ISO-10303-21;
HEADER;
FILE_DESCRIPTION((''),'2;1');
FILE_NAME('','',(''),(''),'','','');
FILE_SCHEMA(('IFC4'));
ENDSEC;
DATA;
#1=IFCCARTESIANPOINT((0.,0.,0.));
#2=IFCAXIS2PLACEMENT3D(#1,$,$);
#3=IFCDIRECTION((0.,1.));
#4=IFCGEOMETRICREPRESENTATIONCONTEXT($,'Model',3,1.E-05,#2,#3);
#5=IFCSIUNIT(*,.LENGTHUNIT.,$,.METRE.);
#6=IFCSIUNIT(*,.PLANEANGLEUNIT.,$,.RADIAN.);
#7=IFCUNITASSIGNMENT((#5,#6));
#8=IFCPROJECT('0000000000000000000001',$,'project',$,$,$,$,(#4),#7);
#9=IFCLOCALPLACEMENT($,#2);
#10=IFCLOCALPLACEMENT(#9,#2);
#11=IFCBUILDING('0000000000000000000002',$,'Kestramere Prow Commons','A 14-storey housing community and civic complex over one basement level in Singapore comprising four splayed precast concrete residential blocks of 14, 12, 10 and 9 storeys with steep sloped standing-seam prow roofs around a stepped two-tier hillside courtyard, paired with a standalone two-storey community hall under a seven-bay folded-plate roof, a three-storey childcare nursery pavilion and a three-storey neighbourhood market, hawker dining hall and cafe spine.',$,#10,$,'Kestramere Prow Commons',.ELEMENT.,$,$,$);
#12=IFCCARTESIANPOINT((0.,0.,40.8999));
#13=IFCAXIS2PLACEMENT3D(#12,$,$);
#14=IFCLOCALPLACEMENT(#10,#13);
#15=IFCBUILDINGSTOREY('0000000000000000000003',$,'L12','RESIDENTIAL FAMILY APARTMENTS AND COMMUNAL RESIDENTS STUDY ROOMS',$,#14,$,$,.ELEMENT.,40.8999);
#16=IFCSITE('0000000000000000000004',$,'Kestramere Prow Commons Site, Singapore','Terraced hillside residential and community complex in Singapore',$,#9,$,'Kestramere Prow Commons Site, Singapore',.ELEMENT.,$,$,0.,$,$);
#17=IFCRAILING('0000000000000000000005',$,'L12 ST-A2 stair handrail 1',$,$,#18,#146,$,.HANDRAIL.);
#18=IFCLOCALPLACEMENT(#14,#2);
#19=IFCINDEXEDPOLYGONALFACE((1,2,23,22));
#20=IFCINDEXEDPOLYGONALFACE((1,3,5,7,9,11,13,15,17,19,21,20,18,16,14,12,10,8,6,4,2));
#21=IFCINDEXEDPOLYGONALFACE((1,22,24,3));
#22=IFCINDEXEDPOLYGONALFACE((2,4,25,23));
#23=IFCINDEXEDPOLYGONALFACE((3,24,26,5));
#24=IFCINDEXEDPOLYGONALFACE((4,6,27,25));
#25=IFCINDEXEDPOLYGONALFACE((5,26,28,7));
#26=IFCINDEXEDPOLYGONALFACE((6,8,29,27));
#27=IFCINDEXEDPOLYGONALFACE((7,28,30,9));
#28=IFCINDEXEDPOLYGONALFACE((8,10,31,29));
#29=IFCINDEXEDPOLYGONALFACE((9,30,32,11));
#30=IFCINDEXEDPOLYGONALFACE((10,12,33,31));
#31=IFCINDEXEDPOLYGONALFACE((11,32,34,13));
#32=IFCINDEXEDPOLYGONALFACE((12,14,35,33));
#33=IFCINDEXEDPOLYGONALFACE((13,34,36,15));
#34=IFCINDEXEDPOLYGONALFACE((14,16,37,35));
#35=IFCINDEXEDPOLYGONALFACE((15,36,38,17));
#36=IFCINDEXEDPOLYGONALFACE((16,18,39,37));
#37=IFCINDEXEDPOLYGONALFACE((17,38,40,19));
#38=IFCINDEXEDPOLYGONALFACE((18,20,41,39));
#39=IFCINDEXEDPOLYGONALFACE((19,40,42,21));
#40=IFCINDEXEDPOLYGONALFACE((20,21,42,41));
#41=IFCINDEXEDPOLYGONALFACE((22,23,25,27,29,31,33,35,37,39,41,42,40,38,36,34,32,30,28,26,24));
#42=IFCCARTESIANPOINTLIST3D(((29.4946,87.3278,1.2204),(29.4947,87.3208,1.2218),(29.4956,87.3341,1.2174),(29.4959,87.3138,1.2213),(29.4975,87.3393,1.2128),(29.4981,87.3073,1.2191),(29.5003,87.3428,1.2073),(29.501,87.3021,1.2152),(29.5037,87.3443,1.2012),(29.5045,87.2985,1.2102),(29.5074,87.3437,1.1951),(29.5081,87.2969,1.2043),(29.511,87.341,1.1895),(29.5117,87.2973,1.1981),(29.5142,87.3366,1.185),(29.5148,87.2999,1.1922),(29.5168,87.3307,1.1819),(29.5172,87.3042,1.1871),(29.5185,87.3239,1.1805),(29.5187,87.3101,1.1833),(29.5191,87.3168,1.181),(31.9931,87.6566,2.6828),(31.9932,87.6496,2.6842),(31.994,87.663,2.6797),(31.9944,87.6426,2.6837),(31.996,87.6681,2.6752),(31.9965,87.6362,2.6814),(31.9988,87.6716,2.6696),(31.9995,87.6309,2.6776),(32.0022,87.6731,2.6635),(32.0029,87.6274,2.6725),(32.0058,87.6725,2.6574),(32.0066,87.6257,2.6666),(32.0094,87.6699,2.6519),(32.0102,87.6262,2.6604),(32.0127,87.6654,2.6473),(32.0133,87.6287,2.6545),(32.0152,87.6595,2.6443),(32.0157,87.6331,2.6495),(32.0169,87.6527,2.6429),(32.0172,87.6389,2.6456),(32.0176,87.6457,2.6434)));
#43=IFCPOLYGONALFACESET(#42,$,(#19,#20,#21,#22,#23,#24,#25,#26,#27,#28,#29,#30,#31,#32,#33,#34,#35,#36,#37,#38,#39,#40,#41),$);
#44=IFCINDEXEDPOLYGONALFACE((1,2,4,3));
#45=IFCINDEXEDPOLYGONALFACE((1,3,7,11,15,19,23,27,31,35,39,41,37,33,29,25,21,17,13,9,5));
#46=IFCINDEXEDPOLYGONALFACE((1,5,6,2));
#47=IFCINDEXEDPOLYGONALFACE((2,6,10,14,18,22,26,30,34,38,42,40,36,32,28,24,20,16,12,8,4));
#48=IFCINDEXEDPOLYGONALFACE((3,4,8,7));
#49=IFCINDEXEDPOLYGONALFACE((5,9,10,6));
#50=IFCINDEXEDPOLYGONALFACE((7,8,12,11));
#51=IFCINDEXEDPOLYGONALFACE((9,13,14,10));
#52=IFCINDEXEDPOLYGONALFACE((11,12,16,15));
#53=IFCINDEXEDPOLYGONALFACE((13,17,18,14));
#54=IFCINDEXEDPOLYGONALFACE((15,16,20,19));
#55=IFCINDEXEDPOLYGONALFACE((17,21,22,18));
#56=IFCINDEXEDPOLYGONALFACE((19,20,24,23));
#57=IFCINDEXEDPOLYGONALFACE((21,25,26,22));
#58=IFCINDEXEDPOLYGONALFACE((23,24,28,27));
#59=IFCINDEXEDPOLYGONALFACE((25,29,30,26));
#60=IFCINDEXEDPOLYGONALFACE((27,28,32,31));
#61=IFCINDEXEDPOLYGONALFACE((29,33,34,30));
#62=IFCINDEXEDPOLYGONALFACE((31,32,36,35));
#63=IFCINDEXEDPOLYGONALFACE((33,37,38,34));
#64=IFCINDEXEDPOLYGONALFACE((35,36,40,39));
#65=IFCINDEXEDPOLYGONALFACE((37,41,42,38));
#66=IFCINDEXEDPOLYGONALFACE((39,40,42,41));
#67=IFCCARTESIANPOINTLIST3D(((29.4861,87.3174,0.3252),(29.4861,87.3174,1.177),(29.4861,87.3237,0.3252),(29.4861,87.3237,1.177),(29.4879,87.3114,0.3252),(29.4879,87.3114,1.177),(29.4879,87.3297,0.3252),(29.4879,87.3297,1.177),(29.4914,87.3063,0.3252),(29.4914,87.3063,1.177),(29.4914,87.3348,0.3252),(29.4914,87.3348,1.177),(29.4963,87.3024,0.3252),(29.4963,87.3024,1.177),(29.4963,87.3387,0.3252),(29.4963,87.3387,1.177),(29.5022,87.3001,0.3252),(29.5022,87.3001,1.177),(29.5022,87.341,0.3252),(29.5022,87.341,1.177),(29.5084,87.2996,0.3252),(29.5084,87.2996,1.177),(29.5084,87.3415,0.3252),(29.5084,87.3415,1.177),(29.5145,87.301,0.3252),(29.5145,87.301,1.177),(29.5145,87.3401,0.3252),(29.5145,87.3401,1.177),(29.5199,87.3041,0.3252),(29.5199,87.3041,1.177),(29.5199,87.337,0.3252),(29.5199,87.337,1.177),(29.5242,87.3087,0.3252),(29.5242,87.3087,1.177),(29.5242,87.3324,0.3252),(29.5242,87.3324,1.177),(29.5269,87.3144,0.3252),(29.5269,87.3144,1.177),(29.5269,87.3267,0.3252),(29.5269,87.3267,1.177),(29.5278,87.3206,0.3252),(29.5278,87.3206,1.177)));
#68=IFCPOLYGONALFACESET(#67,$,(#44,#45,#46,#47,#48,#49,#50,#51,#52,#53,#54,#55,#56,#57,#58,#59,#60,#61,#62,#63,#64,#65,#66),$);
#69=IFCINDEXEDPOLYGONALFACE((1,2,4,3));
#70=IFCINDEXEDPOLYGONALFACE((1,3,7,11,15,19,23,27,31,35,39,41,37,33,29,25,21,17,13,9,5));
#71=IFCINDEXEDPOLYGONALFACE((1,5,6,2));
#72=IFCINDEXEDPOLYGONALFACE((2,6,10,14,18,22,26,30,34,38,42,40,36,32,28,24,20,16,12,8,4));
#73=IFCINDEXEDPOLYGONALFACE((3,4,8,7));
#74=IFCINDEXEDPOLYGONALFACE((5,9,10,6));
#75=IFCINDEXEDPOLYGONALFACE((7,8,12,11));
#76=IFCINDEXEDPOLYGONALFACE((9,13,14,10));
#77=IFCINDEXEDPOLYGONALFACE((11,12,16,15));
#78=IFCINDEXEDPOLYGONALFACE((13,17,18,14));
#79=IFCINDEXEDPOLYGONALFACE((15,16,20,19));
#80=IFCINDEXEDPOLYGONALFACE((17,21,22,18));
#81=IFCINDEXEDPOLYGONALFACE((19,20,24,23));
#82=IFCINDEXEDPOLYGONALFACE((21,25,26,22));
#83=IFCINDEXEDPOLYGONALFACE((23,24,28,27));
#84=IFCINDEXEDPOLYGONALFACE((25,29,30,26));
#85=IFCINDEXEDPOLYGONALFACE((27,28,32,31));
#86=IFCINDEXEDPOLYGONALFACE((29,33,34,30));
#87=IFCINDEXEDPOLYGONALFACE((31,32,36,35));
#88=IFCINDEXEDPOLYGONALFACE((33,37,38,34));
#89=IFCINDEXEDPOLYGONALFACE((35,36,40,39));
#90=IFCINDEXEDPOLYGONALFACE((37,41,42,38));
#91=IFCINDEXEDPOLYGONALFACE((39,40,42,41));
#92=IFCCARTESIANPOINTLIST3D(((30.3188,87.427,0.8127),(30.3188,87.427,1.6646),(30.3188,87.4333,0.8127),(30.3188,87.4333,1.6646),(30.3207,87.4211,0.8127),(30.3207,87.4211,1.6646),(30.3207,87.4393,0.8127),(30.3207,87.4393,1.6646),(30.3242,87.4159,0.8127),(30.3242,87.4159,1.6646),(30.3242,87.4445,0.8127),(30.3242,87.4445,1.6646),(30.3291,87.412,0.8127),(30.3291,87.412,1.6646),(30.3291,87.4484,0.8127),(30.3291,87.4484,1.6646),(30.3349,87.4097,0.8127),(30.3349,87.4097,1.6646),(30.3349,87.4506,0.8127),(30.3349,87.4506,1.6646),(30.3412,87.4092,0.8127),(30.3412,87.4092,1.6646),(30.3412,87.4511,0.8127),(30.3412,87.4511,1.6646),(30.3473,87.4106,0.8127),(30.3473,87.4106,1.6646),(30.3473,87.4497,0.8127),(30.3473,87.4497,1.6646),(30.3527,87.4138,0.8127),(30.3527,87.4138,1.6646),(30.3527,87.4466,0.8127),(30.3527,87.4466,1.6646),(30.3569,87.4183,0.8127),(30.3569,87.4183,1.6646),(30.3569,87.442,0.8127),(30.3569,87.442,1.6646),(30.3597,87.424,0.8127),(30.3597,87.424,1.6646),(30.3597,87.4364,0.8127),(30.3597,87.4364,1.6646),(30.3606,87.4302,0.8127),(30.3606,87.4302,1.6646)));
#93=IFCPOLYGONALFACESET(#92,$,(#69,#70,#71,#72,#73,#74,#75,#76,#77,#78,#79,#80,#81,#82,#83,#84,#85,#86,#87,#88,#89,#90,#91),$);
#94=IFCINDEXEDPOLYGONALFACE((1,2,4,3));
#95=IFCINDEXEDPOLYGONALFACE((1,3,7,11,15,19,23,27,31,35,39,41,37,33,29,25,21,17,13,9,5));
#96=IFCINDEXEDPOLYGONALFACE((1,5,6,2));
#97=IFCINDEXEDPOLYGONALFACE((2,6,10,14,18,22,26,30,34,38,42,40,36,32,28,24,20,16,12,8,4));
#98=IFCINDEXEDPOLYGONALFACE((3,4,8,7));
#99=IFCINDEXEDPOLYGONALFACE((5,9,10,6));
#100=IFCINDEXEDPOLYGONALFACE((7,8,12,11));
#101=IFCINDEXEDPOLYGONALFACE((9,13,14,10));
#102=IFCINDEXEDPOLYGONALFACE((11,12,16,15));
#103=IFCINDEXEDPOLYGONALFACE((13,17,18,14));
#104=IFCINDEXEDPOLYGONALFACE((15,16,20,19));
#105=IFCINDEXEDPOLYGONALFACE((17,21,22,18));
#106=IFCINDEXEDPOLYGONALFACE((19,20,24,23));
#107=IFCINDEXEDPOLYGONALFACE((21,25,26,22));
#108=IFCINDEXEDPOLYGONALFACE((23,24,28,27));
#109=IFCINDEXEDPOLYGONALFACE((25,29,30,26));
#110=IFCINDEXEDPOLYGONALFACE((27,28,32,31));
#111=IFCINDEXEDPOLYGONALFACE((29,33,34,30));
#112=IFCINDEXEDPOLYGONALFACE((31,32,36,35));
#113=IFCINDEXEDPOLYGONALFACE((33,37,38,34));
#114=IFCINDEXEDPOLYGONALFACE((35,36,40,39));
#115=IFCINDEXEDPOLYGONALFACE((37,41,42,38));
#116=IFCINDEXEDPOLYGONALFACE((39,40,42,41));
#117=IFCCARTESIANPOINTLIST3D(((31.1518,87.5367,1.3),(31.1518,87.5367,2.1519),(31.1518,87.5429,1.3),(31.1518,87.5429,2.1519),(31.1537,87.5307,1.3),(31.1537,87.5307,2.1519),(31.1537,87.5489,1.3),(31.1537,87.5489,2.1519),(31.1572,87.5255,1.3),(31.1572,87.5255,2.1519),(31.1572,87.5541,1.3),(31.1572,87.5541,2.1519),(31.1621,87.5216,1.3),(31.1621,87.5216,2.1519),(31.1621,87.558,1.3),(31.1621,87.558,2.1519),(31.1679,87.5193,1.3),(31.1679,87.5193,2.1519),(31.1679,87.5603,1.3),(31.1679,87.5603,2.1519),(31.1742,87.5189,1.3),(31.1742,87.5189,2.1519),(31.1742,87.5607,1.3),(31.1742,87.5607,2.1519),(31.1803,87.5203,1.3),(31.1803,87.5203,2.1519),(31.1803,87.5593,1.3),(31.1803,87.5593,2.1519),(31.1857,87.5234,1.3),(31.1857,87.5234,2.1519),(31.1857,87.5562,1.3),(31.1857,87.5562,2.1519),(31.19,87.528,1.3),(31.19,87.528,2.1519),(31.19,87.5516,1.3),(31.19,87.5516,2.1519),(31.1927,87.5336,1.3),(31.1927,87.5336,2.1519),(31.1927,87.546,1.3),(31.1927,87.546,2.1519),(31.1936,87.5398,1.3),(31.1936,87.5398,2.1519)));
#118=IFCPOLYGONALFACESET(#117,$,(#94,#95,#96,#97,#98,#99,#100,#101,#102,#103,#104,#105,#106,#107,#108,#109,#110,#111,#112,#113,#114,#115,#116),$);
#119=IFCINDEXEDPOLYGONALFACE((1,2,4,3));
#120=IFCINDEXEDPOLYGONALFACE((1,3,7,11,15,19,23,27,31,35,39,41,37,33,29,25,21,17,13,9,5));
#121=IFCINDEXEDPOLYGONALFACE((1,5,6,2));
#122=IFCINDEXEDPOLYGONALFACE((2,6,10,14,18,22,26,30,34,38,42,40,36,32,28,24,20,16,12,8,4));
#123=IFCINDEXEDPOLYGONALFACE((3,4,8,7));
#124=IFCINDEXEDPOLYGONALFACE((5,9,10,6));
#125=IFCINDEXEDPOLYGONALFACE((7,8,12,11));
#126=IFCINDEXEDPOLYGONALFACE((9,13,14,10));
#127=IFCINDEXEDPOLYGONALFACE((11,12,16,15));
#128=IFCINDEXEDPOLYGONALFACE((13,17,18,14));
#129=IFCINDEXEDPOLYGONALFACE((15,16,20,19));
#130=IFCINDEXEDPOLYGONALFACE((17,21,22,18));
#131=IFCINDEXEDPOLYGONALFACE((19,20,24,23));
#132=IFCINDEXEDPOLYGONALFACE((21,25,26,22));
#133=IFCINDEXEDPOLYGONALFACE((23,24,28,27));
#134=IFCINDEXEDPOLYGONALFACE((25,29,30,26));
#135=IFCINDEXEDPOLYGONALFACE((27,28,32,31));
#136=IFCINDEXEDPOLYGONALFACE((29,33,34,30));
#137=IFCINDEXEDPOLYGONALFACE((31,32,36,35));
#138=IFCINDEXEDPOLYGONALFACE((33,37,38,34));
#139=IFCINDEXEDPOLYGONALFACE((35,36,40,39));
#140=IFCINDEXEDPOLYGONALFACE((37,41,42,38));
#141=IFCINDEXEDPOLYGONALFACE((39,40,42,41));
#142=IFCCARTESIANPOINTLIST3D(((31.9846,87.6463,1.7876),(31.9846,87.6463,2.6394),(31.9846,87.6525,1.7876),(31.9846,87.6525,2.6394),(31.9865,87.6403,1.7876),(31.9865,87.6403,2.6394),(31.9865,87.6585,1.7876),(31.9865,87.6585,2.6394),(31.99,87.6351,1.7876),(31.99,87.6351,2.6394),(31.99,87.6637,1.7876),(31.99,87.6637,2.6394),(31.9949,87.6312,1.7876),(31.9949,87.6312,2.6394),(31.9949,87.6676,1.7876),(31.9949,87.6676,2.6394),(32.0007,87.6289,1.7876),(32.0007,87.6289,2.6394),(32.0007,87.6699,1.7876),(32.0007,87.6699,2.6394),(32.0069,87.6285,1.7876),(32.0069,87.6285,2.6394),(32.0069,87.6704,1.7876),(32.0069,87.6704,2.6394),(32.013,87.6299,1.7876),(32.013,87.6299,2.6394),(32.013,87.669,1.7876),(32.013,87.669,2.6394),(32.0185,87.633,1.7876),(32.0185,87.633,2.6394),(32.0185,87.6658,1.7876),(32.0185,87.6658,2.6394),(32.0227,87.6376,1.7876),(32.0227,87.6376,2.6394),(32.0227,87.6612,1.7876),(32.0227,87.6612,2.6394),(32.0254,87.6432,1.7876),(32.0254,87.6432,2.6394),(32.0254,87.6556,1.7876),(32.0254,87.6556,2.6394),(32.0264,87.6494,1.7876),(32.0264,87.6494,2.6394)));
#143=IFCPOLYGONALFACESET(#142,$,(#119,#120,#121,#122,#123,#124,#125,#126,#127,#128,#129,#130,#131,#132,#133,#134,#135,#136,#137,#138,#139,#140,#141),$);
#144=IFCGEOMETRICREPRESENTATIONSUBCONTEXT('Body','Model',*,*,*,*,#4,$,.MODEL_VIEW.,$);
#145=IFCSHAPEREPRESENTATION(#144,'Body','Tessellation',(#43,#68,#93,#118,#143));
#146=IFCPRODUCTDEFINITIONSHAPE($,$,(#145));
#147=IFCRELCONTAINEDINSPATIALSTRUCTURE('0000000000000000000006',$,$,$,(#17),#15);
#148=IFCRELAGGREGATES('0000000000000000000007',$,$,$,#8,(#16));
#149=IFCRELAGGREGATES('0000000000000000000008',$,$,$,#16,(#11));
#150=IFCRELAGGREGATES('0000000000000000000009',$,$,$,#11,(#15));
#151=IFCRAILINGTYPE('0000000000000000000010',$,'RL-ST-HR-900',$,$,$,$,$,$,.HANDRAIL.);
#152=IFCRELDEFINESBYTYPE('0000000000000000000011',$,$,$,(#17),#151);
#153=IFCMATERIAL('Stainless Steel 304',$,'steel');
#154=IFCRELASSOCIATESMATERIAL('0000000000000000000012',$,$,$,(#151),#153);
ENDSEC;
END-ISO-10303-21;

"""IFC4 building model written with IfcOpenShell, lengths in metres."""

from ifc_helpers import new_model, si_unit, direction, frame, origin, origin_2d, place, context, subcontext, project, spatial, circle, extrude, material, type_object, element, save


model = new_model("IFC4")

# Units and contexts
model_context = context("Model", 3, precision=1e-05, world=origin(), true_north=direction((0.0, 1.0)))
body_context = subcontext(model_context, "Body", "Model", "MODEL_VIEW")
ifc_project = project(units=[si_unit("LENGTHUNIT", "METRE"), si_unit("PLANEANGLEUNIT", "RADIAN")], contexts=[model_context])

# Site, building, storey
site_placement = place(None, origin())
site = spatial("IfcSite", under=ifc_project, at=site_placement, Name="Kestramere Prow Commons Site, Singapore", Description="Terraced hillside residential and community complex in Singapore", LongName="Kestramere Prow Commons Site, Singapore", CompositionType="ELEMENT", RefElevation=0.0)
building_placement = place(site_placement, origin())
building = spatial("IfcBuilding", under=site, at=building_placement, Name="Kestramere Prow Commons", Description="A 14-storey housing community and civic complex over one basement level in Singapore comprising four splayed precast concrete residential blocks of 14, 12, 10 and 9 storeys with steep sloped standing-seam prow roofs around a stepped two-tier hillside courtyard, paired with a standalone two-storey community hall under a seven-bay folded-plate roof, a three-storey childcare nursery pavilion and a three-storey neighbourhood market, hawker dining hall and cafe spine.", LongName="Kestramere Prow Commons", CompositionType="ELEMENT")
storey_placement = place(building_placement, frame((0.0, 0.0, 40.8999)))
storey = spatial("IfcBuildingStorey", under=building, at=storey_placement, Name="L12", Description="RESIDENTIAL FAMILY APARTMENTS AND COMMUNAL RESIDENTS STUDY ROOMS", CompositionType="ELEMENT", Elevation=40.8999)

# Railing
ifc_material_1 = material(Name="Stainless Steel 304", Category="steel")
railing_type = type_object("IfcRailingType", Name="RL-ST-HR-900", PredefinedType="HANDRAIL", material=ifc_material_1)
railing_placement = place(storey_placement, frame((29.5068, 87.3206, 0.3252)))
element("IfcRailing", 1, at=railing_placement, inside=storey, type_object=railing_type, Name="L12 ST-A2 stair handrail 1", PredefinedType="HANDRAIL", context=body_context, shape_type="SweptSolid", body=[
    extrude(circle(Radius=0.0239, at=origin_2d()), frame((0.0, 0.0, 0.876), z_axis=(0.857523, 0.112867, 0.501912), x_axis=(-0.130495, 0.991449, 0.0)), (0.0, 0.0, 1.0), 2.9136),
    extrude(circle(Radius=0.021, at=origin_2d()), origin(), (0.0, 0.0, 1.0), 0.8518),
    extrude(circle(Radius=0.021, at=origin_2d()), frame((0.8328, 0.1096, 0.4875)), (0.0, 0.0, 1.0), 0.8518),
    extrude(circle(Radius=0.021, at=origin_2d()), frame((1.6658, 0.2192, 0.9749)), (0.0, 0.0, 1.0), 0.8518),
    extrude(circle(Radius=0.021, at=origin_2d()), frame((2.4985, 0.3289, 1.4624)), (0.0, 0.0, 1.0), 0.8518),
])

save(model, "model.ifc")
